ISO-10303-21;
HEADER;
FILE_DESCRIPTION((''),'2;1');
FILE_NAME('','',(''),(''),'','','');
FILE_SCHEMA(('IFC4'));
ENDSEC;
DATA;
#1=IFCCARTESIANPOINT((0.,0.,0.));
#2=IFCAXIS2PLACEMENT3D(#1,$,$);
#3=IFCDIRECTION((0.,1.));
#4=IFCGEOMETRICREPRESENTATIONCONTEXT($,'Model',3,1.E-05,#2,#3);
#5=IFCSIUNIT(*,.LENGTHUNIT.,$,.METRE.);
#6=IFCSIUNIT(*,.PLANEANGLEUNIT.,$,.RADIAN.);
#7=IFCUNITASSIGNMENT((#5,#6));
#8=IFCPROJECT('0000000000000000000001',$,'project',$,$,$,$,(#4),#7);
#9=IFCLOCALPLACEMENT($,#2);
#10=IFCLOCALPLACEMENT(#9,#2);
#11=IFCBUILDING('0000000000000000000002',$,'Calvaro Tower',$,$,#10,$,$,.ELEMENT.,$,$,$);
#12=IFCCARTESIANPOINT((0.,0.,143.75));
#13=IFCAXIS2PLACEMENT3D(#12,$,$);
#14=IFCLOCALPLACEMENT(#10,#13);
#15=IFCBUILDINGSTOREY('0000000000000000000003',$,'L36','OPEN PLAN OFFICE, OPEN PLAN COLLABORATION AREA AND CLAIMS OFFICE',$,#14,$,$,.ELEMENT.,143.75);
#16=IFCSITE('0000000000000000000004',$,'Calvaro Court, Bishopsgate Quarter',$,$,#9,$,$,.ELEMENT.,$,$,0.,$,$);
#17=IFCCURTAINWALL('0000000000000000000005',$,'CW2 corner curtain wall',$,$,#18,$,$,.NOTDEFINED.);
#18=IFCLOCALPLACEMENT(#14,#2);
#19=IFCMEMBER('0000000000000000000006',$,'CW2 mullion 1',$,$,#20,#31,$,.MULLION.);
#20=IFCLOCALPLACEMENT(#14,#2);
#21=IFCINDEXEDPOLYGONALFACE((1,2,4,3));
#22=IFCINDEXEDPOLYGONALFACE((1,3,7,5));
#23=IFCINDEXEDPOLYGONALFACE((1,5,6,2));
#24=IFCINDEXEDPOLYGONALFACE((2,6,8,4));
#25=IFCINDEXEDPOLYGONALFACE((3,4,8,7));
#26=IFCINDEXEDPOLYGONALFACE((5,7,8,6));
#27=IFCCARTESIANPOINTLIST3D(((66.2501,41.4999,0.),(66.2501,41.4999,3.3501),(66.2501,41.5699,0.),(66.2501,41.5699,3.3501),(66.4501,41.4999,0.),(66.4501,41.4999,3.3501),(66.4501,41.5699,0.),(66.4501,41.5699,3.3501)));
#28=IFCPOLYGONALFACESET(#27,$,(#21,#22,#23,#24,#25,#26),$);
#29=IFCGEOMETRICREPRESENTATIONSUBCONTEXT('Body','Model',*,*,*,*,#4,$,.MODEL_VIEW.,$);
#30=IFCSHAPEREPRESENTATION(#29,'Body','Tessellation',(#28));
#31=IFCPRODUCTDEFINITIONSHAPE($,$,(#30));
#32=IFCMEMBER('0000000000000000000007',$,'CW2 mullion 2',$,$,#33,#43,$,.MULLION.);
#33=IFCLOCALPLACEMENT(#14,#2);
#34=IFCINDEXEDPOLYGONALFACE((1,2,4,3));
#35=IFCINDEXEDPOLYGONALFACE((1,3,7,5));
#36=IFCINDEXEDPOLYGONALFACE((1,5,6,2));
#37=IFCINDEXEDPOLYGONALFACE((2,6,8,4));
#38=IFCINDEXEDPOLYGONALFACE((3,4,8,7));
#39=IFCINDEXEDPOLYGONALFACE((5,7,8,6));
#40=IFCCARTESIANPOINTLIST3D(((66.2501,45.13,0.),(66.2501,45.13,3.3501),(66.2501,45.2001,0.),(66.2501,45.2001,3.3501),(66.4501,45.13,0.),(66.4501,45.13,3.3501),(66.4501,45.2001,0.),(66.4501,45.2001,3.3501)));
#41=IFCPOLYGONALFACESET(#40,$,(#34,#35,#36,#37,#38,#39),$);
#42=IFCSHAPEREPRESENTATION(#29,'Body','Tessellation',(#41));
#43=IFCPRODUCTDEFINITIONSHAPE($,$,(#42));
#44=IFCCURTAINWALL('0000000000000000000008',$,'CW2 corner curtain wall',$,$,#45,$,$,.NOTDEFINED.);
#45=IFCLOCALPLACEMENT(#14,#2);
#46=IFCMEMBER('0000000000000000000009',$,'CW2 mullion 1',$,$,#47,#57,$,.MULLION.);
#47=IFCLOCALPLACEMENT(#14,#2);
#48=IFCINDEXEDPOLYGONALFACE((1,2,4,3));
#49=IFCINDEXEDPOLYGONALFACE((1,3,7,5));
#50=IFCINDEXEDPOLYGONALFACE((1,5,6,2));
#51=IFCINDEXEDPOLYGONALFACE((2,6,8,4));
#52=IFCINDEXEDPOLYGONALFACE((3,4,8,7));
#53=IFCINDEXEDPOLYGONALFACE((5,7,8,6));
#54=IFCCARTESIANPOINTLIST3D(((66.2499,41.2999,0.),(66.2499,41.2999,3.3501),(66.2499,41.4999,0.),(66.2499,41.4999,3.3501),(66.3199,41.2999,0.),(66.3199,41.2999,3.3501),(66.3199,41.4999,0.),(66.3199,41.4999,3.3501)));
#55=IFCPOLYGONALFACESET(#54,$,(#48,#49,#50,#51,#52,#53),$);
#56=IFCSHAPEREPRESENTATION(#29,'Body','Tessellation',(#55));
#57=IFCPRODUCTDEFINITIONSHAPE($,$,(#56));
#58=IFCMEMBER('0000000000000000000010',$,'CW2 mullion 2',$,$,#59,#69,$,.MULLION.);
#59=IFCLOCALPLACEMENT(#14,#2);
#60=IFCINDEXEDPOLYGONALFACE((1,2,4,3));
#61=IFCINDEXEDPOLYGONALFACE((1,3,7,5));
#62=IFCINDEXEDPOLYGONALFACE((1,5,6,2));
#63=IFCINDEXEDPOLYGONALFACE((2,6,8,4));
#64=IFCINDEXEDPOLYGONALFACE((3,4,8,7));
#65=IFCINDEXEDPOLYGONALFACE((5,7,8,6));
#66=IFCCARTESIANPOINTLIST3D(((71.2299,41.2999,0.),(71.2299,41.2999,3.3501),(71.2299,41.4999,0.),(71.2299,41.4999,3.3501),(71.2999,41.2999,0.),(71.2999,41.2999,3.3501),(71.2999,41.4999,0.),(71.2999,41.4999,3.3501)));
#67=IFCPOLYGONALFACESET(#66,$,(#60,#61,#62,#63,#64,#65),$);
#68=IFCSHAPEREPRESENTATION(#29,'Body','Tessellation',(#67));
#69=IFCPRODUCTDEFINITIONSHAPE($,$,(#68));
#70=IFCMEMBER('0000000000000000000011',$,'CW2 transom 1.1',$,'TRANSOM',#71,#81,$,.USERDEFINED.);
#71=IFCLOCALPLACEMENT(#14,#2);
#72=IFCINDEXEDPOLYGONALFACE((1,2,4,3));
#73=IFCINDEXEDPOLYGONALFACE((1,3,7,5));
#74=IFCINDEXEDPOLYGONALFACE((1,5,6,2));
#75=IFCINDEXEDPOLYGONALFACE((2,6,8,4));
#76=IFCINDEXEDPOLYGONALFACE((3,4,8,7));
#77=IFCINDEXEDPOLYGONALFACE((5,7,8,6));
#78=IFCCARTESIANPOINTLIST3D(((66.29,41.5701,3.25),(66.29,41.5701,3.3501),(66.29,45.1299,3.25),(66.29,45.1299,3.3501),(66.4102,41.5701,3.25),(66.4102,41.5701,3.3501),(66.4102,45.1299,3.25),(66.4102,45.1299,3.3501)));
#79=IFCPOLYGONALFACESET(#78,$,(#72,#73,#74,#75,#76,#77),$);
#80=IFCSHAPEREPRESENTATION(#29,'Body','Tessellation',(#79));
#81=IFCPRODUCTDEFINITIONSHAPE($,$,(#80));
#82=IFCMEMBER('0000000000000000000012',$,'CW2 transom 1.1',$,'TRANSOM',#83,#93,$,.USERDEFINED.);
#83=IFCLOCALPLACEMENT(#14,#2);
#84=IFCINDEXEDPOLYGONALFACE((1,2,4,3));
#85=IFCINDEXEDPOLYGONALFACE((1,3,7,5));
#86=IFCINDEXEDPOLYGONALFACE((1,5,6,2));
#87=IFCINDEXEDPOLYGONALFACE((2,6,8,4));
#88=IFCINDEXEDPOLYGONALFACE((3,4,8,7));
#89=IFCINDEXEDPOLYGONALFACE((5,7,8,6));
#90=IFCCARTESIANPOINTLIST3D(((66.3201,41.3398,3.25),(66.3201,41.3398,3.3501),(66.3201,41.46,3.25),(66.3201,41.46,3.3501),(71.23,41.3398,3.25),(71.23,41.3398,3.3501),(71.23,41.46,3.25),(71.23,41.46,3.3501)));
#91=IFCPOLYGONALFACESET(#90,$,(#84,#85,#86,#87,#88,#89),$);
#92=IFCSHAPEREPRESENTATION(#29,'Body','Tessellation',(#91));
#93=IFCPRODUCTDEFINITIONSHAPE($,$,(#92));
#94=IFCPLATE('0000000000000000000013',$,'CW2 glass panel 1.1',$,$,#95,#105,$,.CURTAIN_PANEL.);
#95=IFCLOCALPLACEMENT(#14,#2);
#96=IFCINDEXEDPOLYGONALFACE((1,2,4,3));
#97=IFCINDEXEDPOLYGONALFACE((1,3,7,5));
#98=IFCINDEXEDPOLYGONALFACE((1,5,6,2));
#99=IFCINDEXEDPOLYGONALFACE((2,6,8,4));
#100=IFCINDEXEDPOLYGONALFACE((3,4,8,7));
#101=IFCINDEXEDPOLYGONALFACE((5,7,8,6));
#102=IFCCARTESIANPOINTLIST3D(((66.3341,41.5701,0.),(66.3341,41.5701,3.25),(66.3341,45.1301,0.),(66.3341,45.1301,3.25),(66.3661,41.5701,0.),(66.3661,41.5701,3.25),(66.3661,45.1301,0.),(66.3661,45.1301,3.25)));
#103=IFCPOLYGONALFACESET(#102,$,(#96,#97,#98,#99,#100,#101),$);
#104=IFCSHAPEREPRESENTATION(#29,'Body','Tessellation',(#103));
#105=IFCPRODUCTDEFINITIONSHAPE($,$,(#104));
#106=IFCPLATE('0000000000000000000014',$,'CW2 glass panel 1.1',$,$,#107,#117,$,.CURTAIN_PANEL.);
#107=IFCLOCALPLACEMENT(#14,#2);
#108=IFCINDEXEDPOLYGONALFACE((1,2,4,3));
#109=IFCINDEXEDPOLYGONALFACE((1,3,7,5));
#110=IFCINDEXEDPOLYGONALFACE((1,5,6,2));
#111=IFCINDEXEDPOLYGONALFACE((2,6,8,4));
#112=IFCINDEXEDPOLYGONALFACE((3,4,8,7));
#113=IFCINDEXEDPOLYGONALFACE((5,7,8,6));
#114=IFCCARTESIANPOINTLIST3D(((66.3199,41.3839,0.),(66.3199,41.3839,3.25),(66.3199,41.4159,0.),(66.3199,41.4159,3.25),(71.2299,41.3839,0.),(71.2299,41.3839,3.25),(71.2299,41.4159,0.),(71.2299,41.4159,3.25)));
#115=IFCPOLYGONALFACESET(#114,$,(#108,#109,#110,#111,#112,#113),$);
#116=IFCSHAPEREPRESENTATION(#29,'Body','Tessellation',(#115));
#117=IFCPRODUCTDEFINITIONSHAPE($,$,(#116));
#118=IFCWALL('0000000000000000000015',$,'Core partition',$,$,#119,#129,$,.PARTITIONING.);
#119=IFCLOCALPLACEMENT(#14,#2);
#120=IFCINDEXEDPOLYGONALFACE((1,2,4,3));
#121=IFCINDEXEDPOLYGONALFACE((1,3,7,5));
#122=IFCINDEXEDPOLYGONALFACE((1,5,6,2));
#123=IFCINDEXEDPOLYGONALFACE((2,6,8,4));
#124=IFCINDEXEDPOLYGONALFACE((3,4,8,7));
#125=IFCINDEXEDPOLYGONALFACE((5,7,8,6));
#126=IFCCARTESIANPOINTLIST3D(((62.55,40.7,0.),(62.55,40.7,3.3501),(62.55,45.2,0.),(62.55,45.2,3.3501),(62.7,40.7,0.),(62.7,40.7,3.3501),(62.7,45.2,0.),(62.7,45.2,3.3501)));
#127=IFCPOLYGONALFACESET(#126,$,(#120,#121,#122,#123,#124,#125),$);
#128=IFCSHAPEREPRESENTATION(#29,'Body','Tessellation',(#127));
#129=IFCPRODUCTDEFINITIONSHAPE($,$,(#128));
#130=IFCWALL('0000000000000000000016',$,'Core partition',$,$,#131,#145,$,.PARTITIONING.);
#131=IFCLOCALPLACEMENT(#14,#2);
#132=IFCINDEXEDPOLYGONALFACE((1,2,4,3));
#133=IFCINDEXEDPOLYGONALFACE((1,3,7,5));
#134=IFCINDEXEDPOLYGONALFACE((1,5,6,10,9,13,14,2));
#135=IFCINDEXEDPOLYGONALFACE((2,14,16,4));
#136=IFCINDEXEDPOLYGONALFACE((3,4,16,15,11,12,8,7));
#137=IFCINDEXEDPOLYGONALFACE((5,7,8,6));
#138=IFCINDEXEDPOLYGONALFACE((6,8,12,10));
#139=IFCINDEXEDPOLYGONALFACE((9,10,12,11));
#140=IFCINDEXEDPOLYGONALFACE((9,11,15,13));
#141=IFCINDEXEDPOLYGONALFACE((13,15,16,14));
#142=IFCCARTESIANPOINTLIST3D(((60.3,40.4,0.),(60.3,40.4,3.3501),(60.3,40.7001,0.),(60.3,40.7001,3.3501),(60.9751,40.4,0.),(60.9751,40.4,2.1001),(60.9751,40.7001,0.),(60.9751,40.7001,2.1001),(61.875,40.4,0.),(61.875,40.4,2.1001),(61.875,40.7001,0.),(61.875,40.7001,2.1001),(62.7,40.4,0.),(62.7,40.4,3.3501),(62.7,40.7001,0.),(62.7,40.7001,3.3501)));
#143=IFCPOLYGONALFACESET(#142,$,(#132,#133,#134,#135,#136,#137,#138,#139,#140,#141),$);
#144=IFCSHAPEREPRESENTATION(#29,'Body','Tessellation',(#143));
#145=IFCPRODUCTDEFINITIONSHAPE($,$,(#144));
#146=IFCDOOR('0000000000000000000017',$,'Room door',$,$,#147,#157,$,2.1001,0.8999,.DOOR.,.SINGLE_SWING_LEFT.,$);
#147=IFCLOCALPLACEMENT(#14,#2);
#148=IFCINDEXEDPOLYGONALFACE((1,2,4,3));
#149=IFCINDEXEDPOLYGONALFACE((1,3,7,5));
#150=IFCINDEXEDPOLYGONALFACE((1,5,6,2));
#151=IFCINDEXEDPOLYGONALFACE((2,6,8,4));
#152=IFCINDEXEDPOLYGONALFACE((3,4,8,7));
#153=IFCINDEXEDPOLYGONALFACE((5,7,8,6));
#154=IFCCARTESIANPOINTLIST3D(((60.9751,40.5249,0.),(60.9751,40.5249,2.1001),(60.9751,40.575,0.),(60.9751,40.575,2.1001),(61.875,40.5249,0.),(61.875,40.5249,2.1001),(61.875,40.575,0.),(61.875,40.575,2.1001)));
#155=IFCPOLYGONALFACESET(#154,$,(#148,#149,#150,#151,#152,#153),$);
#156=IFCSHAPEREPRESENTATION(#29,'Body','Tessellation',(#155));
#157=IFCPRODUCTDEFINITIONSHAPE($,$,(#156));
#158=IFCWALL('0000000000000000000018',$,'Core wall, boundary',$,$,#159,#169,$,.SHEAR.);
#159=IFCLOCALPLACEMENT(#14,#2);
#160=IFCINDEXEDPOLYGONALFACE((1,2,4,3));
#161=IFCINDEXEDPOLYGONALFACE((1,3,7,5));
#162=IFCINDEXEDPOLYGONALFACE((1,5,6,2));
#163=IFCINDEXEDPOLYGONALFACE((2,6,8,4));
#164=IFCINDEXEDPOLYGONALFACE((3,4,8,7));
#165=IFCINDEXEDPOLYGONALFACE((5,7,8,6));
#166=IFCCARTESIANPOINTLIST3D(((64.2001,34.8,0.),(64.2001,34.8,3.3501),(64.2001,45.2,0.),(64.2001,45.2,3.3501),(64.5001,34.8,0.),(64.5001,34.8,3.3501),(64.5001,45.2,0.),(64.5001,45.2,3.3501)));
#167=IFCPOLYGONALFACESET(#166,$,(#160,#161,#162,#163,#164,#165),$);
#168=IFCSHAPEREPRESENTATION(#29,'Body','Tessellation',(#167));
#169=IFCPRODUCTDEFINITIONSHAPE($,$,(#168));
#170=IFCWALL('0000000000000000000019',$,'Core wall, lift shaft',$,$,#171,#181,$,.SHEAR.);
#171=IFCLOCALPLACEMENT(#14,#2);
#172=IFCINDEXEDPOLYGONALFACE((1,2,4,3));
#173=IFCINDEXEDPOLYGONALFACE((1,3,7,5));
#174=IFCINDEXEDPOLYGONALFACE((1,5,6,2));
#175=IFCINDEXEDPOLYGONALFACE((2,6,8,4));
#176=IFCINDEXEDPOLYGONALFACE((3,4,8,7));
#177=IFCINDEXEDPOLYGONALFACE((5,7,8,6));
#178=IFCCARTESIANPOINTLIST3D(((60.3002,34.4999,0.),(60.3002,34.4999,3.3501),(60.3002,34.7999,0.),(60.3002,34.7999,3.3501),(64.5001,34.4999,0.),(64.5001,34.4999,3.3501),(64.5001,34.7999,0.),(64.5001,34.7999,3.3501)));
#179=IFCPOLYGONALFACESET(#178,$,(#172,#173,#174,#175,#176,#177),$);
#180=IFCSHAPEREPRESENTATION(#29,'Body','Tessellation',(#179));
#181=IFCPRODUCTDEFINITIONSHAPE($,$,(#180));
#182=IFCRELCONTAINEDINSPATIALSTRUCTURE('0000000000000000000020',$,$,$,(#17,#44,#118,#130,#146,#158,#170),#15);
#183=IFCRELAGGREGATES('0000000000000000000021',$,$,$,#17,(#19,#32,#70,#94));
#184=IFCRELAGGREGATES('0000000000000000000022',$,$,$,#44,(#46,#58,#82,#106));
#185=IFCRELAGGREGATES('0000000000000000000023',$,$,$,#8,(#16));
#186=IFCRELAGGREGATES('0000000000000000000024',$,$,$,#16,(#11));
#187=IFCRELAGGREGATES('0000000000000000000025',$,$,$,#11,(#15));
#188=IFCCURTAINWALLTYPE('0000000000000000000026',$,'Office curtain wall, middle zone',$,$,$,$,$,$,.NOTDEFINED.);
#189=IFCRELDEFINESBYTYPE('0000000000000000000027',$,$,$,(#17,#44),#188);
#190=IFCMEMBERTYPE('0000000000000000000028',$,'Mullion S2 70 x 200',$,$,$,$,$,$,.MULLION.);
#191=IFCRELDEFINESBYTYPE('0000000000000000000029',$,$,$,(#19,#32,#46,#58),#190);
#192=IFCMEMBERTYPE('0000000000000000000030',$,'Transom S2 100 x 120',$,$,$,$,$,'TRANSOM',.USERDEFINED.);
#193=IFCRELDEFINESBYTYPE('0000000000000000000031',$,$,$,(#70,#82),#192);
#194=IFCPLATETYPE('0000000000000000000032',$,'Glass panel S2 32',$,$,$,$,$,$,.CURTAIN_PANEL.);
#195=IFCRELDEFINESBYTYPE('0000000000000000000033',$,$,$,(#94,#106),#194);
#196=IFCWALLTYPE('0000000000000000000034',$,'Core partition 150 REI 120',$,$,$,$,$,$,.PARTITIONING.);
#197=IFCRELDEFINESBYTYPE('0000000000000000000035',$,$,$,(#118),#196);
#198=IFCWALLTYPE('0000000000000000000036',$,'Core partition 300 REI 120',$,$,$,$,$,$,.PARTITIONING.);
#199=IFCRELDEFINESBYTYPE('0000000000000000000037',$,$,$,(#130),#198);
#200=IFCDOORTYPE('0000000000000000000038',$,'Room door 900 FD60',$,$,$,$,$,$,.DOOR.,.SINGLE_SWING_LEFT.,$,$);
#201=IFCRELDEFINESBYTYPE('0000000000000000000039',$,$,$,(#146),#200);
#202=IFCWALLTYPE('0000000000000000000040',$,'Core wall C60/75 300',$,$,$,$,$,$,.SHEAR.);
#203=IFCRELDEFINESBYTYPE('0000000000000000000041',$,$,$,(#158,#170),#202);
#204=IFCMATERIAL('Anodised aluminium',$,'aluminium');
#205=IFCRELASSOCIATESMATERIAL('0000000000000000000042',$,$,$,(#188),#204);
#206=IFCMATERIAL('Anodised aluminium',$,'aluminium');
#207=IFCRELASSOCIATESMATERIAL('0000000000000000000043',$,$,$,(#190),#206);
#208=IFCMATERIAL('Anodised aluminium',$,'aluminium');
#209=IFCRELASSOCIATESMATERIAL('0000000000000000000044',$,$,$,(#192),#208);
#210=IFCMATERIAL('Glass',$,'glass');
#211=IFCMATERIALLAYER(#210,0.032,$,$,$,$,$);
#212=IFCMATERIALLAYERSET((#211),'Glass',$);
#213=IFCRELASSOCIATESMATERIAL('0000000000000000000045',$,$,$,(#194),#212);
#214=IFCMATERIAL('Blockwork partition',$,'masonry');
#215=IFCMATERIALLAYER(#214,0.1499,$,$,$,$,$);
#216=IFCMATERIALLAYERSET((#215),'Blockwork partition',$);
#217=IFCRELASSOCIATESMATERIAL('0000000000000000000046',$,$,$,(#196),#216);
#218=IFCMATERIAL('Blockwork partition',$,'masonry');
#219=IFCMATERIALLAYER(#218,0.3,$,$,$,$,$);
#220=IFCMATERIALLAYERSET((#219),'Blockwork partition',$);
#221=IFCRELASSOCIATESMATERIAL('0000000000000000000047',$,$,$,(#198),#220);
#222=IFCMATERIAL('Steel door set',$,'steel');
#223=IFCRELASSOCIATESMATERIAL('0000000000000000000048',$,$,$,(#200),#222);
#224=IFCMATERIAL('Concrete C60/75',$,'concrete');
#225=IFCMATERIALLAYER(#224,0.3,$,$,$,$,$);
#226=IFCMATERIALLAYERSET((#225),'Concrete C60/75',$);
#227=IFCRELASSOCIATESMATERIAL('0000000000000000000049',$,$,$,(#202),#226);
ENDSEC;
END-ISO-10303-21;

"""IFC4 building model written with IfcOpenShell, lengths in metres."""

from ifc_helpers import new_model, si_unit, direction, frame, frame_2d, origin, origin_2d, place, context, subcontext, project, spatial, rectangle, extrude, material, layer, layer_set, material_profile, profile_set, type_object, element, fill, aggregate, save


model = new_model("IFC4")

# Units and contexts
model_context = context("Model", 3, precision=1e-05, world=origin(), true_north=direction((0.0, 1.0)))
body_context = subcontext(model_context, "Body", "Model", "MODEL_VIEW")
ifc_project = project(units=[si_unit("LENGTHUNIT", "METRE"), si_unit("PLANEANGLEUNIT", "RADIAN")], contexts=[model_context])

# Site, building, storey
site_placement = place(None, origin())
site = spatial("IfcSite", under=ifc_project, at=site_placement, Name="Calvaro Court, Bishopsgate Quarter", CompositionType="ELEMENT", RefElevation=0.0)
building_placement = place(site_placement, origin())
building = spatial("IfcBuilding", under=site, at=building_placement, Name="Calvaro Tower", CompositionType="ELEMENT")
storey_placement = place(building_placement, frame((0.0, 0.0, 143.75)))
storey = spatial("IfcBuildingStorey", under=building, at=storey_placement, Name="L36", Description="OPEN PLAN OFFICE, OPEN PLAN COLLABORATION AREA AND CLAIMS OFFICE", CompositionType="ELEMENT", Elevation=143.75)

# Curtain walls, members
ifc_material_1 = material(Name="Anodised aluminium", Category="aluminium")
curtain_wall_type = type_object("IfcCurtainWallType", Name="Office curtain wall, middle zone", PredefinedType="NOTDEFINED", material=ifc_material_1)
curtain_wall_1_placement = place(storey_placement, origin())
curtain_wall_1 = element("IfcCurtainWall", 1, at=curtain_wall_1_placement, inside=storey, type_object=curtain_wall_type, Name="CW2 corner curtain wall", PredefinedType="NOTDEFINED")
ifc_material_2 = material(Name="Anodised aluminium", Category="aluminium")
ifc_material_profile_1 = material_profile(ifc_material_2, rectangle(XDim=0.2, YDim=0.0701, at=origin_2d()), Name="Mullion S2 70 x 200")
ifc_profile_set_1 = profile_set([ifc_material_profile_1], Name="Anodised aluminium")
member_type_1 = type_object("IfcMemberType", Name="Mullion S2 70 x 200", PredefinedType="MULLION", material=ifc_profile_set_1)
member_1_placement = place(storey_placement, frame((66.3501, 41.5349, 0.0), z_axis=(0.0, 0.0, 1.0), x_axis=(-1.0, 0.0, 0.0)))
member_1 = element("IfcMember", 2, at=member_1_placement, type_object=member_type_1, Name="CW2 mullion 1", PredefinedType="MULLION", context=body_context, shape_type="SweptSolid", body=[
    extrude(rectangle(XDim=0.2, YDim=0.0701, at=origin_2d()), origin(), (0.0, 0.0, 1.0), 3.3501),
])
member_2_placement = place(storey_placement, frame((66.3501, 45.165, 0.0), z_axis=(0.0, 0.0, 1.0), x_axis=(-1.0, 0.0, 0.0)))
member_2 = element("IfcMember", 3, at=member_2_placement, type_object=member_type_1, Name="CW2 mullion 2", PredefinedType="MULLION", context=body_context, shape_type="SweptSolid", body=[
    extrude(rectangle(XDim=0.2, YDim=0.0701, at=origin_2d()), origin(), (0.0, 0.0, 1.0), 3.3501),
])
curtain_wall_2_placement = place(storey_placement, origin())
curtain_wall_2 = element("IfcCurtainWall", 4, at=curtain_wall_2_placement, inside=storey, type_object=curtain_wall_type, Name="CW2 corner curtain wall", PredefinedType="NOTDEFINED")
member_3_placement = place(storey_placement, frame((66.2849, 41.3999, 0.0), z_axis=(0.0, 0.0, 1.0), x_axis=(0.0, 1.0, 0.0)))
member_3 = element("IfcMember", 5, at=member_3_placement, type_object=member_type_1, Name="CW2 mullion 1", PredefinedType="MULLION", context=body_context, shape_type="SweptSolid", body=[
    extrude(rectangle(XDim=0.2, YDim=0.0701, at=origin_2d()), origin(), (0.0, 0.0, 1.0), 3.3501),
])
member_4_placement = place(storey_placement, frame((71.2649, 41.3999, 0.0), z_axis=(0.0, 0.0, 1.0), x_axis=(0.0, 1.0, 0.0)))
member_4 = element("IfcMember", 6, at=member_4_placement, type_object=member_type_1, Name="CW2 mullion 2", PredefinedType="MULLION", context=body_context, shape_type="SweptSolid", body=[
    extrude(rectangle(XDim=0.2, YDim=0.0701, at=origin_2d()), origin(), (0.0, 0.0, 1.0), 3.3501),
])

# Members
ifc_material_3 = material(Name="Anodised aluminium", Category="aluminium")
ifc_material_profile_2 = material_profile(ifc_material_3, rectangle(XDim=0.1201, YDim=0.1001, at=origin_2d()), Name="Transom S2 100 x 120")
ifc_profile_set_2 = profile_set([ifc_material_profile_2], Name="Anodised aluminium")
member_type_2 = type_object("IfcMemberType", Name="Transom S2 100 x 120", ElementType="TRANSOM", PredefinedType="USERDEFINED", material=ifc_profile_set_2)
member_5_placement = place(storey_placement, frame((66.3501, 41.5701, 3.3), z_axis=(0.0, 1.0, 0.0), x_axis=(-1.0, 0.0, 0.0)))
member_5 = element("IfcMember", 7, at=member_5_placement, type_object=member_type_2, Name="CW2 transom 1.1", ObjectType="TRANSOM", PredefinedType="USERDEFINED", context=body_context, shape_type="SweptSolid", body=[
    extrude(rectangle(XDim=0.1201, YDim=0.1001, at=origin_2d()), origin(), (0.0, 0.0, 1.0), 3.5598),
])
member_6_placement = place(storey_placement, frame((66.3201, 41.3999, 3.3), z_axis=(1.0, 0.0, 0.0), x_axis=(0.0, 1.0, 0.0)))
member_6 = element("IfcMember", 8, at=member_6_placement, type_object=member_type_2, Name="CW2 transom 1.1", ObjectType="TRANSOM", PredefinedType="USERDEFINED", context=body_context, shape_type="SweptSolid", body=[
    extrude(rectangle(XDim=0.1201, YDim=0.1001, at=origin_2d()), origin(), (0.0, 0.0, 1.0), 4.9099),
])

# Plates
ifc_material_4 = material(Name="Glass", Category="glass")
ifc_layer_1 = layer(ifc_material_4, 0.032)
ifc_layer_set_1 = layer_set([ifc_layer_1], Name="Glass")
plate_type = type_object("IfcPlateType", Name="Glass panel S2 32", PredefinedType="CURTAIN_PANEL", material=ifc_layer_set_1)
plate_1_placement = place(storey_placement, frame((66.3501, 43.3501, 0.0), z_axis=(0.0, 0.0, 1.0), x_axis=(0.0, 1.0, 0.0)))
plate_1 = element("IfcPlate", 9, at=plate_1_placement, type_object=plate_type, Name="CW2 glass panel 1.1", PredefinedType="CURTAIN_PANEL", context=body_context, shape_type="SweptSolid", body=[
    extrude(rectangle(XDim=3.5601, YDim=0.032, at=origin_2d()), origin(), (0.0, 0.0, 1.0), 3.25),
])
aggregate(curtain_wall_1, [member_1, member_2, member_5, plate_1])
plate_2_placement = place(storey_placement, frame((68.7749, 41.3999, 0.0), z_axis=(0.0, 0.0, 1.0), x_axis=(1.0, 0.0, 0.0)))
plate_2 = element("IfcPlate", 10, at=plate_2_placement, type_object=plate_type, Name="CW2 glass panel 1.1", PredefinedType="CURTAIN_PANEL", context=body_context, shape_type="SweptSolid", body=[
    extrude(rectangle(XDim=4.9099, YDim=0.032, at=origin_2d()), origin(), (0.0, 0.0, 1.0), 3.25),
])
aggregate(curtain_wall_2, [member_3, member_4, member_6, plate_2])

# Wall
ifc_material_5 = material(Name="Blockwork partition", Category="masonry")
ifc_layer_2 = layer(ifc_material_5, 0.1499)
ifc_layer_set_2 = layer_set([ifc_layer_2], Name="Blockwork partition")
wall_type_1 = type_object("IfcWallType", Name="Core partition 150 REI 120", PredefinedType="PARTITIONING", material=ifc_layer_set_2)
wall_1_placement = place(storey_placement, frame((62.625, 40.7, 0.0), z_axis=(0.0, 0.0, 1.0), x_axis=(0.0, 1.0, 0.0)))
element("IfcWall", 11, at=wall_1_placement, inside=storey, type_object=wall_type_1, Name="Core partition", PredefinedType="PARTITIONING", context=body_context, shape_type="SweptSolid", body=[
    extrude(rectangle(XDim=4.5, YDim=0.1499, at=frame_2d((2.25, 0.0))), origin(), (0.0, 0.0, 1.0), 3.3501),
])

# Wall, opening, door
ifc_material_6 = material(Name="Blockwork partition", Category="masonry")
ifc_layer_3 = layer(ifc_material_6, 0.3)
ifc_layer_set_3 = layer_set([ifc_layer_3], Name="Blockwork partition")
wall_type_2 = type_object("IfcWallType", Name="Core partition 300 REI 120", PredefinedType="PARTITIONING", material=ifc_layer_set_3)
wall_2_placement = place(storey_placement, frame((60.3, 40.55, 0.0), z_axis=(0.0, 0.0, 1.0), x_axis=(1.0, 0.0, 0.0)))
wall_2 = element("IfcWall", 12, at=wall_2_placement, inside=storey, type_object=wall_type_2, Name="Core partition", PredefinedType="PARTITIONING", context=body_context, shape_type="SweptSolid", body=[
    extrude(rectangle(XDim=2.3999, YDim=0.3, at=frame_2d((1.2, 0.0))), origin(), (0.0, 0.0, 1.0), 3.3501),
])
opening_1_placement = place(wall_2_placement, frame((0.675, 0.0, 0.0)))
opening_1 = element("IfcOpeningElement", 13, at=opening_1_placement, cuts=wall_2, PredefinedType="OPENING", context=body_context, shape_type="SweptSolid", body=[
    extrude(rectangle(XDim=0.8999, YDim=2.1001, at=frame_2d((0.45, 1.05))), frame((0.0, 0.1599, 0.0), z_axis=(0.0, -1.0, 0.0), x_axis=(1.0, 0.0, 0.0)), (0.0, 0.0, 1.0), 0.3201),
])
ifc_material_7 = material(Name="Steel door set", Category="steel")
door_type_1 = type_object("IfcDoorType", Name="Room door 900 FD60", OperationType="SINGLE_SWING_LEFT", PredefinedType="DOOR", material=ifc_material_7)
door_1_placement = place(opening_1_placement, origin())
door_1 = element("IfcDoor", 14, at=door_1_placement, inside=storey, type_object=door_type_1, Name="Room door", OperationType="SINGLE_SWING_LEFT", OverallHeight=2.1001, OverallWidth=0.8999, PredefinedType="DOOR", context=body_context, shape_type="SweptSolid", body=[
    extrude(rectangle(XDim=0.8999, YDim=2.1001, at=frame_2d((0.45, 1.05))), frame((0.0, 0.0249, 0.0), z_axis=(0.0, -1.0, 0.0), x_axis=(1.0, 0.0, 0.0)), (0.0, 0.0, 1.0), 0.05),
])
fill(opening_1, door_1)

# Walls
ifc_material_8 = material(Name="Concrete C60/75", Category="concrete")
ifc_layer_4 = layer(ifc_material_8, 0.3)
ifc_layer_set_4 = layer_set([ifc_layer_4], Name="Concrete C60/75")
wall_type_3 = type_object("IfcWallType", Name="Core wall C60/75 300", PredefinedType="SHEAR", material=ifc_layer_set_4)
wall_3_placement = place(storey_placement, frame((64.3501, 34.8, 0.0), z_axis=(0.0, 0.0, 1.0), x_axis=(0.0, 1.0, 0.0)))
element("IfcWall", 15, at=wall_3_placement, inside=storey, type_object=wall_type_3, Name="Core wall, boundary", PredefinedType="SHEAR", context=body_context, shape_type="SweptSolid", body=[
    extrude(rectangle(XDim=10.3999, YDim=0.3, at=frame_2d((5.2, 0.0))), origin(), (0.0, 0.0, 1.0), 3.3501),
])
wall_4_placement = place(storey_placement, frame((60.3, 34.6499, 0.0), z_axis=(0.0, 0.0, 1.0), x_axis=(1.0, 0.0, 0.0)))
element("IfcWall", 16, at=wall_4_placement, inside=storey, type_object=wall_type_3, Name="Core wall, lift shaft", PredefinedType="SHEAR", context=body_context, shape_type="SweptSolid", body=[
    extrude(rectangle(XDim=4.2, YDim=0.3, at=frame_2d((2.1001, 0.0))), origin(), (0.0, 0.0, 1.0), 3.3501),
])

save(model, "model.ifc")
